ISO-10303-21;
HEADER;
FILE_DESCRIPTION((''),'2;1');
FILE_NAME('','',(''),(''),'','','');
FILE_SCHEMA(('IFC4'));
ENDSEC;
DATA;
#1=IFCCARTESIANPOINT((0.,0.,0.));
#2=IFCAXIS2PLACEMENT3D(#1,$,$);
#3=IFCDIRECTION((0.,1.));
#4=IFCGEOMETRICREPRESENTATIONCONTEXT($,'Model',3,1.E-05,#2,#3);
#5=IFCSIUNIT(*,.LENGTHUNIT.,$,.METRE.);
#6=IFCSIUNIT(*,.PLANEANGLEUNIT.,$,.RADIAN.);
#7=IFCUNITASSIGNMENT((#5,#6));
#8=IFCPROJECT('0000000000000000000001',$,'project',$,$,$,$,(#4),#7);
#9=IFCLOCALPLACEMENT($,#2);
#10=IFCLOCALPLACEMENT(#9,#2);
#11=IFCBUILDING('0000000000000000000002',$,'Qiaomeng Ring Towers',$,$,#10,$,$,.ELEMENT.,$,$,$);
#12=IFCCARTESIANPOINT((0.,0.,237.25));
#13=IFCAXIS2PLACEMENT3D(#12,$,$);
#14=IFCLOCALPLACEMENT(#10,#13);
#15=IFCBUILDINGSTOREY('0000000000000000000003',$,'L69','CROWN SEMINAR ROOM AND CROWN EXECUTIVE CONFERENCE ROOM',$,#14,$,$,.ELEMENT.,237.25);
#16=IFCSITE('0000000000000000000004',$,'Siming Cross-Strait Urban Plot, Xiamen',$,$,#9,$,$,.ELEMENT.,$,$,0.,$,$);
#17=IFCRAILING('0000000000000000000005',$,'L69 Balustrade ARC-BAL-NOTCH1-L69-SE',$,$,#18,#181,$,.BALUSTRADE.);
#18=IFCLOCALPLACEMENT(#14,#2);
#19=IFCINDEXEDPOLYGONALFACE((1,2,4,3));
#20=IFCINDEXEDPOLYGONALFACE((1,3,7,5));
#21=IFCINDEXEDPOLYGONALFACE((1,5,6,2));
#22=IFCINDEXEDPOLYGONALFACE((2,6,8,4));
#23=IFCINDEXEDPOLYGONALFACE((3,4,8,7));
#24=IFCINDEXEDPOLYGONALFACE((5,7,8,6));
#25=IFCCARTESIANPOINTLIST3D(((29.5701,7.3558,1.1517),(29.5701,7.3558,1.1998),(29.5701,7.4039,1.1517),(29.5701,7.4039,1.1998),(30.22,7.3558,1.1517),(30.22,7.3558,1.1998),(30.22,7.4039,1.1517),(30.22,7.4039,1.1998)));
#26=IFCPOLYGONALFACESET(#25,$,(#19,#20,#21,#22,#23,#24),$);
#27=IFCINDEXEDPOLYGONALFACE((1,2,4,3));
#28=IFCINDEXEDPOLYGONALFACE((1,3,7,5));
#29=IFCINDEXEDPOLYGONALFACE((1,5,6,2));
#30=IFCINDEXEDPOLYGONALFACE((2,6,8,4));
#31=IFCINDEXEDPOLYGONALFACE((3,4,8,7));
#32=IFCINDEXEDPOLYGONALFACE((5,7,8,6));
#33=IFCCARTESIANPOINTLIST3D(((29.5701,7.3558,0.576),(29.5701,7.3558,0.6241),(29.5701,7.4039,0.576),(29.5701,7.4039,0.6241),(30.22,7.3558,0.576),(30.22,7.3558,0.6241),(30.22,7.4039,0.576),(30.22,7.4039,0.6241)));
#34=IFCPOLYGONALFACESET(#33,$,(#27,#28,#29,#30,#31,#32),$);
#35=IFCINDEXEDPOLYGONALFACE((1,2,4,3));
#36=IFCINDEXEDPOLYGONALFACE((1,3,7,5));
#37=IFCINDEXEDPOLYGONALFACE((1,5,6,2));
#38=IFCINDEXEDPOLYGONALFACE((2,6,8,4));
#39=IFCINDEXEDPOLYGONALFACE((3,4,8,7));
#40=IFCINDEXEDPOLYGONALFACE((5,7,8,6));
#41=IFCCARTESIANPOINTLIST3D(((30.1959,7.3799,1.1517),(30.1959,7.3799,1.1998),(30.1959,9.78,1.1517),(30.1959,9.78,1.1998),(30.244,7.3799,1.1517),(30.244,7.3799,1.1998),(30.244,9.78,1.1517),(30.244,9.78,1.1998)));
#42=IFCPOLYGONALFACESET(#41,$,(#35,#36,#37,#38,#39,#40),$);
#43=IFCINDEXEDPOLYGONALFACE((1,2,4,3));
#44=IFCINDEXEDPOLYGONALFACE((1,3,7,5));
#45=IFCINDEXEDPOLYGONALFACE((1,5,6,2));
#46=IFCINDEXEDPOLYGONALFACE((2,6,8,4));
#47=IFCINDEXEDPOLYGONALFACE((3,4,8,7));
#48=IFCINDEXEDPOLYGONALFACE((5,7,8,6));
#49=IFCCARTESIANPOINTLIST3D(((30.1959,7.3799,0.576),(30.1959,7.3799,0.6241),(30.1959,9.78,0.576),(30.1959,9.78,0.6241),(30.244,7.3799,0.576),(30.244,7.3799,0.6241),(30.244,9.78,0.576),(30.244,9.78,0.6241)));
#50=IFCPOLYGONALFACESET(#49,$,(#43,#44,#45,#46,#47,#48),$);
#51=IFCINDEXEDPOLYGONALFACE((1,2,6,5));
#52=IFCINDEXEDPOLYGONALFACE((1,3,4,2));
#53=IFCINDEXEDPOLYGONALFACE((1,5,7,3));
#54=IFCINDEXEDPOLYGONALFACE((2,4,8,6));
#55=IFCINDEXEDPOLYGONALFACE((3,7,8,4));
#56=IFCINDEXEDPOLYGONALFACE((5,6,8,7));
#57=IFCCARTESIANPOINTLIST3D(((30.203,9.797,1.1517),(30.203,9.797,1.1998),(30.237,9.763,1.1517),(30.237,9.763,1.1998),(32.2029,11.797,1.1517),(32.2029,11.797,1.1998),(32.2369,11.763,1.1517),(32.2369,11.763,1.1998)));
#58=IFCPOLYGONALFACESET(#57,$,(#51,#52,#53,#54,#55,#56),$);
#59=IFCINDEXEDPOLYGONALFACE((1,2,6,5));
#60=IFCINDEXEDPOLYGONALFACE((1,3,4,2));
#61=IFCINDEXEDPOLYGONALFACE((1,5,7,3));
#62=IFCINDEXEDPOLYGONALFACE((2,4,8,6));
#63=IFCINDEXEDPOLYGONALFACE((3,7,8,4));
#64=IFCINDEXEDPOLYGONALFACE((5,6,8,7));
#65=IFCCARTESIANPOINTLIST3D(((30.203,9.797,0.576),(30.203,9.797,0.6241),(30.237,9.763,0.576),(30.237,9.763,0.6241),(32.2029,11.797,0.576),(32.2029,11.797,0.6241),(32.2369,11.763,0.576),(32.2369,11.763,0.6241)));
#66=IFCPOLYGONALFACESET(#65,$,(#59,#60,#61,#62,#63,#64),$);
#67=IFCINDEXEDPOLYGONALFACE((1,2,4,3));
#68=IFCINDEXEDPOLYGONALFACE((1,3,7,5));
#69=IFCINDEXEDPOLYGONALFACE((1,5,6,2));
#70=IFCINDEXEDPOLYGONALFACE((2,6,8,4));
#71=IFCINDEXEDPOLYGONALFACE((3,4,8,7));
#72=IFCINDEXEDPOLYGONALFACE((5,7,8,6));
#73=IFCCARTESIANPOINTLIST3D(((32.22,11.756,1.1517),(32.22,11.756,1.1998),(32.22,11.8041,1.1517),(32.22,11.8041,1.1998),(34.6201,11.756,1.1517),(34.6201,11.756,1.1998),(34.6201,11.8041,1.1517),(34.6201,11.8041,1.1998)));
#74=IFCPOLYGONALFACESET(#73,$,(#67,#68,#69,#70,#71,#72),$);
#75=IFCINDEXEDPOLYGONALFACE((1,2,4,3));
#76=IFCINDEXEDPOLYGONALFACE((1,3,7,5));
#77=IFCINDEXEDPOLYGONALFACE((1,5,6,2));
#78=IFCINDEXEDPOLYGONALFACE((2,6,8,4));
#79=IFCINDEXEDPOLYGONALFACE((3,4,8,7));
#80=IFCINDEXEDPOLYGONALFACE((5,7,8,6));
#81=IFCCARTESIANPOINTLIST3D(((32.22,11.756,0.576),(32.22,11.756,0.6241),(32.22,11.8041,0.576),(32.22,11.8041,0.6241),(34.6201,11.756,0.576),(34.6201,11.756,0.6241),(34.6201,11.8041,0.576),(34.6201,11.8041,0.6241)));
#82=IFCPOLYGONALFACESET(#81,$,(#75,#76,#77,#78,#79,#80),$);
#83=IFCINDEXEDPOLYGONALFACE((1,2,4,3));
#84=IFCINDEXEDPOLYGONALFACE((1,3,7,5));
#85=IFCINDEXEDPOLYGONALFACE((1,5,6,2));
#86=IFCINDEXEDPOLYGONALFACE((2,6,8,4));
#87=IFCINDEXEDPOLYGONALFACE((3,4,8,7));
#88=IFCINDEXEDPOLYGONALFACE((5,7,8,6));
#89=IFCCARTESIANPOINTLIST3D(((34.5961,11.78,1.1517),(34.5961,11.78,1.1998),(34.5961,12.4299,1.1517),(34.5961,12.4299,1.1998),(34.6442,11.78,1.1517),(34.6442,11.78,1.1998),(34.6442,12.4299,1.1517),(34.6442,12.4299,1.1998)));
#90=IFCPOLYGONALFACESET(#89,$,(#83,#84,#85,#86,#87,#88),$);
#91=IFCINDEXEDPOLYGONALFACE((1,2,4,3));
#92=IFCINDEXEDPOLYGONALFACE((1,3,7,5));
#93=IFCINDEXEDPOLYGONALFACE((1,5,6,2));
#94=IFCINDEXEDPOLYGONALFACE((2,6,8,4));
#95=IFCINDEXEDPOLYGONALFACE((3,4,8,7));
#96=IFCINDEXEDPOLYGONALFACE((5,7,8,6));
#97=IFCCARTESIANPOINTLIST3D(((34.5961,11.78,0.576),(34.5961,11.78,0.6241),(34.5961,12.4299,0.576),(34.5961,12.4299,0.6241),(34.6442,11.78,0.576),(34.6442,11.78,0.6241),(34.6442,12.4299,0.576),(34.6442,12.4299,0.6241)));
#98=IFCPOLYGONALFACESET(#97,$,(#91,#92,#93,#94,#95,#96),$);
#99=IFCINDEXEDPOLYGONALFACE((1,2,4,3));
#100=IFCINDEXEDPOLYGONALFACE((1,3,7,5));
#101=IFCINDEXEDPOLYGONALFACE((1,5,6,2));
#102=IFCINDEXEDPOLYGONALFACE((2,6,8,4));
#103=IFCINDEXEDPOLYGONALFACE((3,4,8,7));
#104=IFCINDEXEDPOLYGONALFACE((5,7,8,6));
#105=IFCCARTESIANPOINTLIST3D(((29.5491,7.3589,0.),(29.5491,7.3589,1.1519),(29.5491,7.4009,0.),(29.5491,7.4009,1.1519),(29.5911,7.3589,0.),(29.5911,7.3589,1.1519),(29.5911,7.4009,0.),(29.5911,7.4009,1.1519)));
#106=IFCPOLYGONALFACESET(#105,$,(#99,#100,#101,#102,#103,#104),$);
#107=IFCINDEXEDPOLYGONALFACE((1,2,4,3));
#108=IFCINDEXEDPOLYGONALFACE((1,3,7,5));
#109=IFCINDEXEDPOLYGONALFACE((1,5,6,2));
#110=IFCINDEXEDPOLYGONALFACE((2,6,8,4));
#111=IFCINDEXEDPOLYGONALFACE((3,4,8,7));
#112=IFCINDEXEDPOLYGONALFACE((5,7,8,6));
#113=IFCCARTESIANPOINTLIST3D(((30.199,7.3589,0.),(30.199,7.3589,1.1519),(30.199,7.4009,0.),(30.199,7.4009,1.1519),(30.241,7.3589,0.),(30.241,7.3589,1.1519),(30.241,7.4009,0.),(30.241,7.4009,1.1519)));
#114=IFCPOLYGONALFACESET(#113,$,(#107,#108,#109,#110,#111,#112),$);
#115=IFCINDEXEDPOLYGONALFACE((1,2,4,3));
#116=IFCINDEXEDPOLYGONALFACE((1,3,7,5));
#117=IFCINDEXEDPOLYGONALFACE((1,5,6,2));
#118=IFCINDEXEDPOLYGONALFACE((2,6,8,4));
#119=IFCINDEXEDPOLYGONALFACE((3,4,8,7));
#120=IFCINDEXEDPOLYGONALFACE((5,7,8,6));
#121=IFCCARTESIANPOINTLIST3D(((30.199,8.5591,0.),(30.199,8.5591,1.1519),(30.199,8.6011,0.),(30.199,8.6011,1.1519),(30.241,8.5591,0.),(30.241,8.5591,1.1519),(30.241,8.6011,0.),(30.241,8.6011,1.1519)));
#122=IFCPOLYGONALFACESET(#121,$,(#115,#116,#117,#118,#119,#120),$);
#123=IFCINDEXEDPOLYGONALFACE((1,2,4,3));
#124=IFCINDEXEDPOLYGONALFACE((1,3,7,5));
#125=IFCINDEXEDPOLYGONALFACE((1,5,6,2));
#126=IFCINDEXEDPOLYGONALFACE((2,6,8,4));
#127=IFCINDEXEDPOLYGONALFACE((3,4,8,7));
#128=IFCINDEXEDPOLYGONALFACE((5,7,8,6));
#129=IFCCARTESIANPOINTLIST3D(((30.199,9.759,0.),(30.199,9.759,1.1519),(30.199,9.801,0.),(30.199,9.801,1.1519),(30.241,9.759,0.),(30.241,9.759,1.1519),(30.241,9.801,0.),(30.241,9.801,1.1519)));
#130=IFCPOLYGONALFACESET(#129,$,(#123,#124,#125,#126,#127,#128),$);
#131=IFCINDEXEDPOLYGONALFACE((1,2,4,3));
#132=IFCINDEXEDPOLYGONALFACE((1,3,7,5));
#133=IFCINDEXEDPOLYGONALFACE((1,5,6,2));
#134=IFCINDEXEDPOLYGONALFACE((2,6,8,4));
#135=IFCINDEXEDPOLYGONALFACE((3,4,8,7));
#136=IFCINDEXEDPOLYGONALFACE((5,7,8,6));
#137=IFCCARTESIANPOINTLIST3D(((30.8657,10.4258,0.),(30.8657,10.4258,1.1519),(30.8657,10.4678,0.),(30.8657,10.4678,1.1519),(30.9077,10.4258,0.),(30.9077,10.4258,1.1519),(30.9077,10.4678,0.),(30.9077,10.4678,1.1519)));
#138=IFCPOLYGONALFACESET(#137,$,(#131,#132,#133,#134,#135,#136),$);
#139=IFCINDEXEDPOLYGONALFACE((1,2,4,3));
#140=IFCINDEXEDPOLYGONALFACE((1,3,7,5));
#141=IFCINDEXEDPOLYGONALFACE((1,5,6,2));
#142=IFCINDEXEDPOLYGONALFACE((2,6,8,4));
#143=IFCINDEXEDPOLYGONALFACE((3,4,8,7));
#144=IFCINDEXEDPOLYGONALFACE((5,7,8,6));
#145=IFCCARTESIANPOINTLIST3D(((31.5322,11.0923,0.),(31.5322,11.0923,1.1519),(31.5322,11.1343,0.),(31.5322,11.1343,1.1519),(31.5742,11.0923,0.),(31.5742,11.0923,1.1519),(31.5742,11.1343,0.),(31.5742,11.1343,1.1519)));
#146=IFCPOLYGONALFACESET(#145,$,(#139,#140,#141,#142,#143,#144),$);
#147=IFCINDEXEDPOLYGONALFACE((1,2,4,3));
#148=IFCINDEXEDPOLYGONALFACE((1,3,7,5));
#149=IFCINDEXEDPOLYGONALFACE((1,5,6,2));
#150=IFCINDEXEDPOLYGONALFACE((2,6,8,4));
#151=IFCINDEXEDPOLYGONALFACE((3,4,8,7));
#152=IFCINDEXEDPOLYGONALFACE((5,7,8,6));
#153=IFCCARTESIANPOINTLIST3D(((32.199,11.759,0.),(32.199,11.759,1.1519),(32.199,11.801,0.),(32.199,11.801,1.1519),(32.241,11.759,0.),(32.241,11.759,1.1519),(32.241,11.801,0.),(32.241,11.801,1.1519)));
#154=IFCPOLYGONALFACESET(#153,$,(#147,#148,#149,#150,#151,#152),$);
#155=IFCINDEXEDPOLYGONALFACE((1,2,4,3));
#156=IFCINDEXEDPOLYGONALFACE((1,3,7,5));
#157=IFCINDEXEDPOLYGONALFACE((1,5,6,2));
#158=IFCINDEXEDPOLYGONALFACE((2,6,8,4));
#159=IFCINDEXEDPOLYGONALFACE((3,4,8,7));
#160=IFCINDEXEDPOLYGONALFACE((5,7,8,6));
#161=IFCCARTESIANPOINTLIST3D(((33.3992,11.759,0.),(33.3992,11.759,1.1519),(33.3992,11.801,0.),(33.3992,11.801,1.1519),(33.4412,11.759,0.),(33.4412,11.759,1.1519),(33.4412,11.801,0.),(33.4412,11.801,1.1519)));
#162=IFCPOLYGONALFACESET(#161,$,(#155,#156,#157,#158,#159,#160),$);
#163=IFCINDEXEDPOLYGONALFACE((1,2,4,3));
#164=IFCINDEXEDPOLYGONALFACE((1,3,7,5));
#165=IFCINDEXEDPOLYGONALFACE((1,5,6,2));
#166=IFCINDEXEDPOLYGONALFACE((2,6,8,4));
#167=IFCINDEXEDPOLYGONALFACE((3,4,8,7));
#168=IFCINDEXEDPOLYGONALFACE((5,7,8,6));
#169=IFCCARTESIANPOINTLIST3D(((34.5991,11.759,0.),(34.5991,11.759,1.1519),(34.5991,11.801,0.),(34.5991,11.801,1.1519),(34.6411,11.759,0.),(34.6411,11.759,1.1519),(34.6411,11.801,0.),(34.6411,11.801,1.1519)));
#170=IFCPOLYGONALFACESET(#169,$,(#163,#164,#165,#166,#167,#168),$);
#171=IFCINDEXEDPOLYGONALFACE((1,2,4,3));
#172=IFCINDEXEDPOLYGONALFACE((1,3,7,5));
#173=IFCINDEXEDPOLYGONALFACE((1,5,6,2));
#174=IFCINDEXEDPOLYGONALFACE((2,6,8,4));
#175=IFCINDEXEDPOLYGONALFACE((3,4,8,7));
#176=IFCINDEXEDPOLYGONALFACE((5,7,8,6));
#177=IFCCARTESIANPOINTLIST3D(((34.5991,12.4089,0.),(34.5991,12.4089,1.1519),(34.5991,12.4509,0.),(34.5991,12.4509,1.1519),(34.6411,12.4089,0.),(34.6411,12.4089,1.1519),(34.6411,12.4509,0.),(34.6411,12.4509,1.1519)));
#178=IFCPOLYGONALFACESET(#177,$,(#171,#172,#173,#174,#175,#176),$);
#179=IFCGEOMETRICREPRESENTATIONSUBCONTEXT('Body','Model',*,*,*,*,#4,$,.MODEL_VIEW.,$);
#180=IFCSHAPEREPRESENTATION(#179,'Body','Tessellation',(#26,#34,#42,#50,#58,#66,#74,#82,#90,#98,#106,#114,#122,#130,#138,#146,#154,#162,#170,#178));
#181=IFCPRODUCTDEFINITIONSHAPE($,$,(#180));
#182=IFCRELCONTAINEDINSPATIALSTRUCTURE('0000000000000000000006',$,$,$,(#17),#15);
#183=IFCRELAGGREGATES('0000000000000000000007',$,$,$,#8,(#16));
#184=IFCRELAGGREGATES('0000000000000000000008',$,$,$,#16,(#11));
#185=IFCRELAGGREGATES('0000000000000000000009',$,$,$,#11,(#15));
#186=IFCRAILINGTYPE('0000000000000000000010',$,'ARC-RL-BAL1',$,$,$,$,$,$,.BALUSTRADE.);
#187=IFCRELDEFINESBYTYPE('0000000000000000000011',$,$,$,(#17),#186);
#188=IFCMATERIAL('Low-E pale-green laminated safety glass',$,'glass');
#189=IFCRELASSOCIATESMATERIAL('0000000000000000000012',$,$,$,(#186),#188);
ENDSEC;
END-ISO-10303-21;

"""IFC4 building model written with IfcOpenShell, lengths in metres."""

from ifc_helpers import new_model, si_unit, direction, frame, origin, origin_2d, place, context, subcontext, project, spatial, rectangle, extrude, material, type_object, element, save


model = new_model("IFC4")

# Units and contexts
model_context = context("Model", 3, precision=1e-05, world=origin(), true_north=direction((0.0, 1.0)))
body_context = subcontext(model_context, "Body", "Model", "MODEL_VIEW")
ifc_project = project(units=[si_unit("LENGTHUNIT", "METRE"), si_unit("PLANEANGLEUNIT", "RADIAN")], contexts=[model_context])

# Site, building, storey
site_placement = place(None, origin())
site = spatial("IfcSite", under=ifc_project, at=site_placement, Name="Siming Cross-Strait Urban Plot, Xiamen", CompositionType="ELEMENT", RefElevation=0.0)
building_placement = place(site_placement, origin())
building = spatial("IfcBuilding", under=site, at=building_placement, Name="Qiaomeng Ring Towers", CompositionType="ELEMENT")
storey_placement = place(building_placement, frame((0.0, 0.0, 237.25)))
storey = spatial("IfcBuildingStorey", under=building, at=storey_placement, Name="L69", Description="CROWN SEMINAR ROOM AND CROWN EXECUTIVE CONFERENCE ROOM", CompositionType="ELEMENT", Elevation=237.25)

# Railing
ifc_material_1 = material(Name="Low-E pale-green laminated safety glass", Category="glass")
railing_type = type_object("IfcRailingType", Name="ARC-RL-BAL1", PredefinedType="BALUSTRADE", material=ifc_material_1)
railing_placement = place(storey_placement, frame((29.5701, 7.3799, 0.0)))
element("IfcRailing", 1, at=railing_placement, inside=storey, type_object=railing_type, Name="L69 Balustrade ARC-BAL-NOTCH1-L69-SE", PredefinedType="BALUSTRADE", context=body_context, shape_type="SweptSolid", body=[
    extrude(rectangle(XDim=0.0481, YDim=0.0481, at=origin_2d()), frame((0.0, 0.0, 1.1758), z_axis=(1.0, 0.0, 0.0), x_axis=(0.0, 1.0, 0.0)), (0.0, 0.0, 1.0), 0.6499),
    extrude(rectangle(XDim=0.0481, YDim=0.0481, at=origin_2d()), frame((0.0, 0.0, 0.6001), z_axis=(1.0, 0.0, 0.0), x_axis=(0.0, 1.0, 0.0)), (0.0, 0.0, 1.0), 0.6499),
    extrude(rectangle(XDim=0.0481, YDim=0.0481, at=origin_2d()), frame((0.6499, 0.0, 1.1758), z_axis=(0.0, 1.0, 0.0), x_axis=(-1.0, 0.0, 0.0)), (0.0, 0.0, 1.0), 2.4001),
    extrude(rectangle(XDim=0.0481, YDim=0.0481, at=origin_2d()), frame((0.6499, 0.0, 0.6001), z_axis=(0.0, 1.0, 0.0), x_axis=(-1.0, 0.0, 0.0)), (0.0, 0.0, 1.0), 2.4001),
    extrude(rectangle(XDim=0.0481, YDim=0.0481, at=origin_2d()), frame((0.6499, 2.4001, 1.1758), z_axis=(0.707107, 0.707107, 0.0), x_axis=(-0.707107, 0.707107, 0.0)), (0.0, 0.0, 1.0), 2.8284),
    extrude(rectangle(XDim=0.0481, YDim=0.0481, at=origin_2d()), frame((0.6499, 2.4001, 0.6001), z_axis=(0.707107, 0.707107, 0.0), x_axis=(-0.707107, 0.707107, 0.0)), (0.0, 0.0, 1.0), 2.8284),
    extrude(rectangle(XDim=0.0481, YDim=0.0481, at=origin_2d()), frame((2.6499, 4.4001, 1.1758), z_axis=(1.0, 0.0, 0.0), x_axis=(0.0, 1.0, 0.0)), (0.0, 0.0, 1.0), 2.4001),
    extrude(rectangle(XDim=0.0481, YDim=0.0481, at=origin_2d()), frame((2.6499, 4.4001, 0.6001), z_axis=(1.0, 0.0, 0.0), x_axis=(0.0, 1.0, 0.0)), (0.0, 0.0, 1.0), 2.4001),
    extrude(rectangle(XDim=0.0481, YDim=0.0481, at=origin_2d()), frame((5.05, 4.4001, 1.1758), z_axis=(0.0, 1.0, 0.0), x_axis=(-1.0, 0.0, 0.0)), (0.0, 0.0, 1.0), 0.6499),
    extrude(rectangle(XDim=0.0481, YDim=0.0481, at=origin_2d()), frame((5.05, 4.4001, 0.6001), z_axis=(0.0, 1.0, 0.0), x_axis=(-1.0, 0.0, 0.0)), (0.0, 0.0, 1.0), 0.6499),
    extrude(rectangle(XDim=0.042, YDim=0.042, at=origin_2d()), origin(), (0.0, 0.0, 1.0), 1.1519),
    extrude(rectangle(XDim=0.042, YDim=0.042, at=origin_2d()), frame((0.6499, 0.0, 0.0)), (0.0, 0.0, 1.0), 1.1519),
    extrude(rectangle(XDim=0.042, YDim=0.042, at=origin_2d()), frame((0.6499, 1.2002, 0.0)), (0.0, 0.0, 1.0), 1.1519),
    extrude(rectangle(XDim=0.042, YDim=0.042, at=origin_2d()), frame((0.6499, 2.4001, 0.0)), (0.0, 0.0, 1.0), 1.1519),
    extrude(rectangle(XDim=0.042, YDim=0.042, at=origin_2d()), frame((1.3167, 3.0669, 0.0)), (0.0, 0.0, 1.0), 1.1519),
    extrude(rectangle(XDim=0.042, YDim=0.042, at=origin_2d()), frame((1.9832, 3.7334, 0.0)), (0.0, 0.0, 1.0), 1.1519),
    extrude(rectangle(XDim=0.042, YDim=0.042, at=origin_2d()), frame((2.6499, 4.4001, 0.0)), (0.0, 0.0, 1.0), 1.1519),
    extrude(rectangle(XDim=0.042, YDim=0.042, at=origin_2d()), frame((3.8501, 4.4001, 0.0)), (0.0, 0.0, 1.0), 1.1519),
    extrude(rectangle(XDim=0.042, YDim=0.042, at=origin_2d()), frame((5.05, 4.4001, 0.0)), (0.0, 0.0, 1.0), 1.1519),
    extrude(rectangle(XDim=0.042, YDim=0.042, at=origin_2d()), frame((5.05, 5.05, 0.0)), (0.0, 0.0, 1.0), 1.1519),
])

save(model, "model.ifc")
